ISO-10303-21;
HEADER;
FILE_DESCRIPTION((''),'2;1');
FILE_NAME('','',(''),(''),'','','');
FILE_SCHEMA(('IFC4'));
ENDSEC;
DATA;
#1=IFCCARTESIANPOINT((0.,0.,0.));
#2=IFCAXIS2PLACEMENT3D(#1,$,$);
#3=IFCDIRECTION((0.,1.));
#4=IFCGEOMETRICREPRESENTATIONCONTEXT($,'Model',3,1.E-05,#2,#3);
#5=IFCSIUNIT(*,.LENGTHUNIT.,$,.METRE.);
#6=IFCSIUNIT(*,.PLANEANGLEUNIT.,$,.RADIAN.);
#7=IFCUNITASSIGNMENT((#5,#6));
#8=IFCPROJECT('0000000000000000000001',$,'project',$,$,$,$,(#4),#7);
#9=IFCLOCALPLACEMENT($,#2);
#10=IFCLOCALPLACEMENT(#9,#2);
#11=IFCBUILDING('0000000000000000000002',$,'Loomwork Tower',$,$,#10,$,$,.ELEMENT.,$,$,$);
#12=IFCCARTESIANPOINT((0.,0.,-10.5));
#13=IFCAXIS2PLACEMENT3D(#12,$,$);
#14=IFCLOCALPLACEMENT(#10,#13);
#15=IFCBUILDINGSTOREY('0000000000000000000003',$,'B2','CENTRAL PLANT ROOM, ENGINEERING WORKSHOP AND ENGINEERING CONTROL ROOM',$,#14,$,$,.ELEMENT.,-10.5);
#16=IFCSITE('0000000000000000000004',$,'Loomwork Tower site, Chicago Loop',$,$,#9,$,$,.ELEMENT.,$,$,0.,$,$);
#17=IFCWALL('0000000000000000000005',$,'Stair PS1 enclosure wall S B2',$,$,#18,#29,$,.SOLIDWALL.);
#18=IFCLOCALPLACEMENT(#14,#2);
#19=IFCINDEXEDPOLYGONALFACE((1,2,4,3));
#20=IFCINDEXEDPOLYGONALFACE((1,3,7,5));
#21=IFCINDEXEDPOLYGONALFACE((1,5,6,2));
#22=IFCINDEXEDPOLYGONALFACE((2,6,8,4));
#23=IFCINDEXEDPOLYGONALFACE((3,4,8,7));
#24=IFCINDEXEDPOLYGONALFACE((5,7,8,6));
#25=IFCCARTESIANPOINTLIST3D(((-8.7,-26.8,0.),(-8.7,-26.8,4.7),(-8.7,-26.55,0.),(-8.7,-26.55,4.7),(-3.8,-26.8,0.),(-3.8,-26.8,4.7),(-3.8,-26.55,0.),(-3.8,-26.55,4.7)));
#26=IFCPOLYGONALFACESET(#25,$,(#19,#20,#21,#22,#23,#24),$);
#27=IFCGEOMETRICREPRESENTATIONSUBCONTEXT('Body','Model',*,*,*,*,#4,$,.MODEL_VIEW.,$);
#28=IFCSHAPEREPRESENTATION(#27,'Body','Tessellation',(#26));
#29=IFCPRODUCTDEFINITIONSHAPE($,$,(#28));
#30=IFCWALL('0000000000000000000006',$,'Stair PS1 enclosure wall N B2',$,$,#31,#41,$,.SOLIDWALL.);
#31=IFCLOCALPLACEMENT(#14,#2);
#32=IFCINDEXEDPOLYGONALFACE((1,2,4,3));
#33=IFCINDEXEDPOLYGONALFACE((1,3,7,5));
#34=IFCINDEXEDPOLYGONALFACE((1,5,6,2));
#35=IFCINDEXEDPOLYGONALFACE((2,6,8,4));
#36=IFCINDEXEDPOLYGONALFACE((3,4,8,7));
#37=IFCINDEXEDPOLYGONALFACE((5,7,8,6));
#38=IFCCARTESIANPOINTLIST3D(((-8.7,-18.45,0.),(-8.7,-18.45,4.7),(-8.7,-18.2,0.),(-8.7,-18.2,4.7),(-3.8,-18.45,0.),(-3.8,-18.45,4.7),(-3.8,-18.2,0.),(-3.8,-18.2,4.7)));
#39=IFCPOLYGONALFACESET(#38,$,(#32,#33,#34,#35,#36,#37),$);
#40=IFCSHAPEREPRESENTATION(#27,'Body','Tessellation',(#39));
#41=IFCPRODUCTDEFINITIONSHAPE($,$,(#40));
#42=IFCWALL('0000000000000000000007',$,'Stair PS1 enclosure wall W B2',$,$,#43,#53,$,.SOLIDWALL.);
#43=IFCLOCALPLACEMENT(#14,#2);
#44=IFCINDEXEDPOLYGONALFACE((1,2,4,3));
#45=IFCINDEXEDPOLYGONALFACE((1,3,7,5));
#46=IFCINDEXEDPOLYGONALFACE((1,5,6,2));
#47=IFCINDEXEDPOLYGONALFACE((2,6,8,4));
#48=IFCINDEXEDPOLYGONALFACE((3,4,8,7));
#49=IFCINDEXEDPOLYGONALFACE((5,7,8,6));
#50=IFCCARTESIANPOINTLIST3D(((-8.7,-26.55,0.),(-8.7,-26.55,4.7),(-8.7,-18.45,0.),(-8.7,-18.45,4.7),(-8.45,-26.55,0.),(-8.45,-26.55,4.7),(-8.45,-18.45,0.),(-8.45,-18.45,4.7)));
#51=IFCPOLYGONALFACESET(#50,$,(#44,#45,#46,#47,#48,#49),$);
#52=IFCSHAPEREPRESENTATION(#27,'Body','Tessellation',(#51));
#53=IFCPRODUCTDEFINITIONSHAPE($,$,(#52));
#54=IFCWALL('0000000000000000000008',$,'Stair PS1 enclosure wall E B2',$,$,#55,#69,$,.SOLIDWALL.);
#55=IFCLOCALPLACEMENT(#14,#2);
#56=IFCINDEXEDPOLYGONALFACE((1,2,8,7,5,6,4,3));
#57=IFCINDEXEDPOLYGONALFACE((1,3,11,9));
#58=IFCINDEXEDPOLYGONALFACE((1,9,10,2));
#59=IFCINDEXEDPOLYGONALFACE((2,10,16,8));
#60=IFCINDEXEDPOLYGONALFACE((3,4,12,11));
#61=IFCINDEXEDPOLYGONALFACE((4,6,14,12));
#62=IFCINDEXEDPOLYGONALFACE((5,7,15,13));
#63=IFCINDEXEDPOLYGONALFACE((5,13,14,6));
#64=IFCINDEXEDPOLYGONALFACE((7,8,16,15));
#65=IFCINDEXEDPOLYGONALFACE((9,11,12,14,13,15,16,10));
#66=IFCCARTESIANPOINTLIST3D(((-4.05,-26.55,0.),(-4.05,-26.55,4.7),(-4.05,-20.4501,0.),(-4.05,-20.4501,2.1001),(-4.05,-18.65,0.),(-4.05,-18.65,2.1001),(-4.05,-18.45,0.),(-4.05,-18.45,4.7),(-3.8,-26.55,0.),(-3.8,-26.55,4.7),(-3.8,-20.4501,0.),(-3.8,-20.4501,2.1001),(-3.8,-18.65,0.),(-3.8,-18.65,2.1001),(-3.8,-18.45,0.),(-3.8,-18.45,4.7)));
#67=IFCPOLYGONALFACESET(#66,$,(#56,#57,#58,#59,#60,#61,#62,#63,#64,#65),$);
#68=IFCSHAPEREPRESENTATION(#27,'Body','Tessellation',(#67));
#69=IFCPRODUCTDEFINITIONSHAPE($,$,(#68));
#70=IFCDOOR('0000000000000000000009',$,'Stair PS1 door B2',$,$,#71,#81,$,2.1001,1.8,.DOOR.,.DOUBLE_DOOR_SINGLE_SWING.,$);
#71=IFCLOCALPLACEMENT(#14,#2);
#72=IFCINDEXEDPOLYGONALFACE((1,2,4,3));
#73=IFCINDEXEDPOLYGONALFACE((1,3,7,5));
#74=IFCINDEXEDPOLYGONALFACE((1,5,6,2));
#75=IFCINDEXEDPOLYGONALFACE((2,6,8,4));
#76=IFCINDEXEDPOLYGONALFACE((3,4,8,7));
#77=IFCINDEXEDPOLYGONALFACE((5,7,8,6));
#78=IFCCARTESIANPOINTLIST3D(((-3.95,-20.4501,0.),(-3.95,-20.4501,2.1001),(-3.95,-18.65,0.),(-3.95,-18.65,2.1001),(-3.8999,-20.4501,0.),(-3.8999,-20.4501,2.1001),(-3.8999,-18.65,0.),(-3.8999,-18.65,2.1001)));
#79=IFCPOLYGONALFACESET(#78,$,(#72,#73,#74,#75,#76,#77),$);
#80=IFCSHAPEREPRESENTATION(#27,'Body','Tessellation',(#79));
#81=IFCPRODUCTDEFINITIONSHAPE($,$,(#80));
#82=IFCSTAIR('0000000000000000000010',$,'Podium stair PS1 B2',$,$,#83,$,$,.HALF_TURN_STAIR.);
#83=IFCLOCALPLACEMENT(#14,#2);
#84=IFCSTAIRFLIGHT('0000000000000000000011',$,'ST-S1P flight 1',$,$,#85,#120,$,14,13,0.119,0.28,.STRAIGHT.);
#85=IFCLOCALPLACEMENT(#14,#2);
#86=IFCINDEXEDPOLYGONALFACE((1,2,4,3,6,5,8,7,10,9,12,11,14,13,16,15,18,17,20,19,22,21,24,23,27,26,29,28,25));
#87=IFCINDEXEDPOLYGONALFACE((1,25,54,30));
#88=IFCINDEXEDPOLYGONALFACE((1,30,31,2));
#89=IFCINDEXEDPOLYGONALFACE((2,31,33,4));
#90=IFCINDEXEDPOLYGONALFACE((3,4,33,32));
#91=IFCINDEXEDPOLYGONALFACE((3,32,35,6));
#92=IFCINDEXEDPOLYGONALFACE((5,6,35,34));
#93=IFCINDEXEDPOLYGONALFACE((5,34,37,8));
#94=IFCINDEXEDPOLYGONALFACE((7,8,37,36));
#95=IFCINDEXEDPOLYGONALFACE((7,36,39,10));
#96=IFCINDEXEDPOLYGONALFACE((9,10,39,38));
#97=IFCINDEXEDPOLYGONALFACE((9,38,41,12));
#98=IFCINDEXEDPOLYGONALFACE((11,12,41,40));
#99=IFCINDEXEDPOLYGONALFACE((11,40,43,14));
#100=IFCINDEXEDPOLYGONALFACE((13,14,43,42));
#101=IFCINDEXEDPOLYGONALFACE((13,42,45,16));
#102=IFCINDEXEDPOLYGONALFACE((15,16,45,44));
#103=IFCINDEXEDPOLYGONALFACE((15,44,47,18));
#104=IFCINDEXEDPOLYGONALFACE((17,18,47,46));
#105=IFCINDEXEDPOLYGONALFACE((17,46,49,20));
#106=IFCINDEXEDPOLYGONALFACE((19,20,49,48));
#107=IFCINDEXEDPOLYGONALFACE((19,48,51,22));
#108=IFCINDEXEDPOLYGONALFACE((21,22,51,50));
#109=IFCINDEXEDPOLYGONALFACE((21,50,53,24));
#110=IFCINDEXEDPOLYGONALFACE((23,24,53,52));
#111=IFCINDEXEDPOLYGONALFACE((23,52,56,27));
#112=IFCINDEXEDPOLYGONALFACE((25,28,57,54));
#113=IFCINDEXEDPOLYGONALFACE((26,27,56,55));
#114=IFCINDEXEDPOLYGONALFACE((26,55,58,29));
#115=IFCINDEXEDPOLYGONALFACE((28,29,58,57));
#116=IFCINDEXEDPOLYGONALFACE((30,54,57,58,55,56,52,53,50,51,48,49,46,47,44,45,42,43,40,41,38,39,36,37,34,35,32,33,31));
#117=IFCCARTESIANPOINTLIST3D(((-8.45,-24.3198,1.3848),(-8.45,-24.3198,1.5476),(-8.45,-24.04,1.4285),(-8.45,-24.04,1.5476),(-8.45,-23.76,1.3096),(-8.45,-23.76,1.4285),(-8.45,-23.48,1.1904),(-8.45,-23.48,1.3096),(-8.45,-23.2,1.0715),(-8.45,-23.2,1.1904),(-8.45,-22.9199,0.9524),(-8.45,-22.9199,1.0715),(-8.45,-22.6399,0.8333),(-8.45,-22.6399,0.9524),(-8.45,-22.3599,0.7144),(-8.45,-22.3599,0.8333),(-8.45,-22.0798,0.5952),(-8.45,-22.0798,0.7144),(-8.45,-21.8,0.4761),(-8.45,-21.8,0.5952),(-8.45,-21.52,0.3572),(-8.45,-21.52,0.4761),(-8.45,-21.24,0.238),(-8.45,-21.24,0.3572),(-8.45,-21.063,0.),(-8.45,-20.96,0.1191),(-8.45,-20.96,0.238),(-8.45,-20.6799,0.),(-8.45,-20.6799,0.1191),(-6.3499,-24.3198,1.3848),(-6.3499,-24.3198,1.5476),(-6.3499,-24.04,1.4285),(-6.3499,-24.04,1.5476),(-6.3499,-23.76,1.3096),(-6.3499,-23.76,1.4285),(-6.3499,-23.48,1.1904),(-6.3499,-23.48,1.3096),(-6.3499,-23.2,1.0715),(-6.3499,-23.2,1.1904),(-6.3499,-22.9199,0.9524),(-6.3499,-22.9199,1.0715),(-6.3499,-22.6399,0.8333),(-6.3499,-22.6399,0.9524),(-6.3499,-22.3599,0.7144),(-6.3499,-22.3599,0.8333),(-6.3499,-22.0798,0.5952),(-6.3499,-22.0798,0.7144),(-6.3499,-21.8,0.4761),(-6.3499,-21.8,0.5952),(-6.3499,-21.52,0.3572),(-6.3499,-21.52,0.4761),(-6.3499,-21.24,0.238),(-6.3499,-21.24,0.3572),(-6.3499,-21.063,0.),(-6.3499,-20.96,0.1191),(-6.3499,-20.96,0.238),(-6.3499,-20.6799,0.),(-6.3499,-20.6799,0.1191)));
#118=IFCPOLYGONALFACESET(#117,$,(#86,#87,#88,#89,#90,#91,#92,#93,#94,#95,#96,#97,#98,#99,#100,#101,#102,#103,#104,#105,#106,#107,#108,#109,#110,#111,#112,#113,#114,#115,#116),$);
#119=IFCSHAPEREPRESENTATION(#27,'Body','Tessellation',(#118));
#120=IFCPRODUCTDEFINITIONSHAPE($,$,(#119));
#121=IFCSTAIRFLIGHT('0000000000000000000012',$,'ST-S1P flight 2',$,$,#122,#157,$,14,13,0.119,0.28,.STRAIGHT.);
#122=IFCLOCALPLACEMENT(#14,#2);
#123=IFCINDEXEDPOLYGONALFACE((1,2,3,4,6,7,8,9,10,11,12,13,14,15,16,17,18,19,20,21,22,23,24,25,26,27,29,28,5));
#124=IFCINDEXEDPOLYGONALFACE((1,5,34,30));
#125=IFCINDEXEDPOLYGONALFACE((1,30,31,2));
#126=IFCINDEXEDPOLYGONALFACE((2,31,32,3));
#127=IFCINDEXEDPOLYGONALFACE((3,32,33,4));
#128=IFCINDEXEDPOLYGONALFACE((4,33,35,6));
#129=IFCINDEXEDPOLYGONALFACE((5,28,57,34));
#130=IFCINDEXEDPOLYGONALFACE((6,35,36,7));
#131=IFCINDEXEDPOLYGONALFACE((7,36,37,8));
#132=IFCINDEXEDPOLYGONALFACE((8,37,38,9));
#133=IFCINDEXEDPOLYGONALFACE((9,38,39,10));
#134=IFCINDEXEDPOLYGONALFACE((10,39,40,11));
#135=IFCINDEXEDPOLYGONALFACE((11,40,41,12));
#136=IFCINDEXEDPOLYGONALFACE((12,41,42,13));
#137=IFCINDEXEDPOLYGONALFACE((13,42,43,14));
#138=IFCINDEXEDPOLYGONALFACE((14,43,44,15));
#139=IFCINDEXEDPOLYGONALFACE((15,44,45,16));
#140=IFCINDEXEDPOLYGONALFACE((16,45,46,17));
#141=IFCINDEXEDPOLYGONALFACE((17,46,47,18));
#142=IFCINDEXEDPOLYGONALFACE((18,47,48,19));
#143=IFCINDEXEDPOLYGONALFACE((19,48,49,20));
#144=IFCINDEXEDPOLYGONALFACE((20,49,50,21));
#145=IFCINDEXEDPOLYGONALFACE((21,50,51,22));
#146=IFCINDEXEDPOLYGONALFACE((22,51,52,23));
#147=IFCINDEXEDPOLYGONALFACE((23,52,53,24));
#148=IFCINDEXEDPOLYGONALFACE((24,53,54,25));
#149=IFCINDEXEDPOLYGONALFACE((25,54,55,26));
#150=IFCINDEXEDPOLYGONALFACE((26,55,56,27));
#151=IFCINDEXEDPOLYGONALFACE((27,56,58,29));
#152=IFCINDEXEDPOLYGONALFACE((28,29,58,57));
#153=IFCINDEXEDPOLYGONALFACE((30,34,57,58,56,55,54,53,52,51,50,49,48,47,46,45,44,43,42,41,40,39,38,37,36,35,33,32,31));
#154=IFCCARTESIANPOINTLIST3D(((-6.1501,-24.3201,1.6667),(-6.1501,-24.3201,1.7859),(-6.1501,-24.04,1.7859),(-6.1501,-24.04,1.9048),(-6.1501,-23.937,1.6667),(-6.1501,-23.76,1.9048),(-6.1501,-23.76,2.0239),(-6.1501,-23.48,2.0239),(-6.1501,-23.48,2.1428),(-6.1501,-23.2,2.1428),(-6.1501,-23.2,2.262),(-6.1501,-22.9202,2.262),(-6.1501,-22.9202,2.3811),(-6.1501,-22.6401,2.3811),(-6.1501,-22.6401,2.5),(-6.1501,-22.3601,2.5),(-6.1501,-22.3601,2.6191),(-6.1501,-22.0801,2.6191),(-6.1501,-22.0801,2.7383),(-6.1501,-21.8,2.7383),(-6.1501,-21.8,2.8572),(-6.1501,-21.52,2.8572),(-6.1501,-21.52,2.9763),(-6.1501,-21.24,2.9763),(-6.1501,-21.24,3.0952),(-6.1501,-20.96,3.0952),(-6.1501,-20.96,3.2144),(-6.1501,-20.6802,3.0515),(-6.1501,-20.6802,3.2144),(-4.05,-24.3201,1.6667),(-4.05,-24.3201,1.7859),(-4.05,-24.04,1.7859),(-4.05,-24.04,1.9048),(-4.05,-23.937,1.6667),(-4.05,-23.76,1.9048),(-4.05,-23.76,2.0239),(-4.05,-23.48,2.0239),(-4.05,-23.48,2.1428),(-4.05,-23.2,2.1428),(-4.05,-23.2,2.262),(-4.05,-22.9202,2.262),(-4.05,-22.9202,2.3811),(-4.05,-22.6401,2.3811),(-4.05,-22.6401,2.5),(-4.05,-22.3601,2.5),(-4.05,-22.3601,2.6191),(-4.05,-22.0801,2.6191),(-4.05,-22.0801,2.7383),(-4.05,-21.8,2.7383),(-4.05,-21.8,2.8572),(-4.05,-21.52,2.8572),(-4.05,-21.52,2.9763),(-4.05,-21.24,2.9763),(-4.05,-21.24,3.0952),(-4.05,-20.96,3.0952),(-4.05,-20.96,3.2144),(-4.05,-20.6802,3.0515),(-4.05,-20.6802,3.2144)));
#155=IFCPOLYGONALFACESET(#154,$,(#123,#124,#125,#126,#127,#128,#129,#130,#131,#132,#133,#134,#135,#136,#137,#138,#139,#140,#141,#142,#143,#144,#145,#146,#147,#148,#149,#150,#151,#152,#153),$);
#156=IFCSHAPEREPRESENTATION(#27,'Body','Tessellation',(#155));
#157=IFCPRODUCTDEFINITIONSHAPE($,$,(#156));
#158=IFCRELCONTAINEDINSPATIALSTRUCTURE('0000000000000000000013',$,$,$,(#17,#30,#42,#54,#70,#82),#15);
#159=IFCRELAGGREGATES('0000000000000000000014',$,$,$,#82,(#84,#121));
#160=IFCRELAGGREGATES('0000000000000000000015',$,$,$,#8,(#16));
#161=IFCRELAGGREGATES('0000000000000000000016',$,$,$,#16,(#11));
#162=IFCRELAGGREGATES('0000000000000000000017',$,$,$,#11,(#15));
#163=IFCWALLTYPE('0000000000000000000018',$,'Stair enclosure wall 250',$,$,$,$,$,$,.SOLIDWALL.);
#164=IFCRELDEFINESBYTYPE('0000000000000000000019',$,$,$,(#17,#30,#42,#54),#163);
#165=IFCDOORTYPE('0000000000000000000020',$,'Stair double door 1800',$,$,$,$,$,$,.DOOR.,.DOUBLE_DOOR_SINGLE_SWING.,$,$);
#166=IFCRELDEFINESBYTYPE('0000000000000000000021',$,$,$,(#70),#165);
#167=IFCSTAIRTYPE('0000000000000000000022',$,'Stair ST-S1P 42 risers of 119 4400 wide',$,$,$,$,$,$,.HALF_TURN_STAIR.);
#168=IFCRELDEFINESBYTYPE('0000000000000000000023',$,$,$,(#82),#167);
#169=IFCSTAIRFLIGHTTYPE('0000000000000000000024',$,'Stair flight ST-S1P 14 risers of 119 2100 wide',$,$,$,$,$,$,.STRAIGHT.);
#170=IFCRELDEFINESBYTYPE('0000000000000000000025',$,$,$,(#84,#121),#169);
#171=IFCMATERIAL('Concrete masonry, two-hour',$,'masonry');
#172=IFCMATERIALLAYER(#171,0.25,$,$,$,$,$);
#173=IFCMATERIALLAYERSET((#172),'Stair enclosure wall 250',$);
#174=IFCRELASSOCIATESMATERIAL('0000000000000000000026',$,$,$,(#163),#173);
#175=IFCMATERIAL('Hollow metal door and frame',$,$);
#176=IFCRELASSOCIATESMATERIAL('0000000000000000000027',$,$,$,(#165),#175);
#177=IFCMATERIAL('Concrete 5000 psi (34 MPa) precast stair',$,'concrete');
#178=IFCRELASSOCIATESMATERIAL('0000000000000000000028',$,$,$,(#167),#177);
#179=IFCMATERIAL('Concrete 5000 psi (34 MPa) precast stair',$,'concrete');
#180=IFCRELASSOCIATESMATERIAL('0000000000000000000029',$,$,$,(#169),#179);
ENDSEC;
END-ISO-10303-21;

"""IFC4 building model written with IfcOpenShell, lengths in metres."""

from ifc_helpers import new_model, si_unit, direction, frame, frame_2d, origin, place, context, subcontext, project, spatial, polyline, rectangle, outline, extrude, material, layer, layer_set, type_object, element, fill, aggregate, save


model = new_model("IFC4")

# Units and contexts
model_context = context("Model", 3, precision=1e-05, world=origin(), true_north=direction((0.0, 1.0)))
body_context = subcontext(model_context, "Body", "Model", "MODEL_VIEW")
ifc_project = project(units=[si_unit("LENGTHUNIT", "METRE"), si_unit("PLANEANGLEUNIT", "RADIAN")], contexts=[model_context])

# Site, building, storey
site_placement = place(None, origin())
site = spatial("IfcSite", under=ifc_project, at=site_placement, Name="Loomwork Tower site, Chicago Loop", CompositionType="ELEMENT", RefElevation=0.0)
building_placement = place(site_placement, origin())
building = spatial("IfcBuilding", under=site, at=building_placement, Name="Loomwork Tower", CompositionType="ELEMENT")
storey_placement = place(building_placement, frame((0.0, 0.0, -10.5)))
storey = spatial("IfcBuildingStorey", under=building, at=storey_placement, Name="B2", Description="CENTRAL PLANT ROOM, ENGINEERING WORKSHOP AND ENGINEERING CONTROL ROOM", CompositionType="ELEMENT", Elevation=-10.5)

# Walls
ifc_material_1 = material(Name="Concrete masonry, two-hour", Category="masonry")
ifc_layer_1 = layer(ifc_material_1, 0.25)
ifc_layer_set_1 = layer_set([ifc_layer_1], Name="Stair enclosure wall 250")
wall_type_1 = type_object("IfcWallType", Name="Stair enclosure wall 250", PredefinedType="SOLIDWALL", material=ifc_layer_set_1)
for number, where, z_axis, x_axis, name in (
    (1, (-8.7, -26.675, 0.0), (0.0, 0.0, 1.0), (1.0, 0.0, 0.0), "Stair PS1 enclosure wall S B2"),
    (2, (-8.7, -18.325, 0.0), (0.0, 0.0, 1.0), (1.0, 0.0, 0.0), "Stair PS1 enclosure wall N B2"),
):
    element("IfcWall", number, at=place(storey_placement, frame(where, z_axis=z_axis, x_axis=x_axis)), inside=storey, type_object=wall_type_1, Name=name, PredefinedType="SOLIDWALL", context=body_context, shape_type="SweptSolid", body=[
        extrude(rectangle(XDim=4.8999, YDim=0.25, at=frame_2d((2.45, 0.0))), origin(), (0.0, 0.0, 1.0), 4.7),
    ])
wall_1_placement = place(storey_placement, frame((-8.575, -26.55, 0.0), z_axis=(0.0, 0.0, 1.0), x_axis=(0.0, 1.0, 0.0)))
element("IfcWall", 3, at=wall_1_placement, inside=storey, type_object=wall_type_1, Name="Stair PS1 enclosure wall W B2", PredefinedType="SOLIDWALL", context=body_context, shape_type="SweptSolid", body=[
    extrude(rectangle(XDim=8.1001, YDim=0.25, at=frame_2d((4.05, 0.0))), origin(), (0.0, 0.0, 1.0), 4.7),
])

# Wall, opening, door
wall_2_placement = place(storey_placement, frame((-3.925, -26.55, 0.0), z_axis=(0.0, 0.0, 1.0), x_axis=(0.0, 1.0, 0.0)))
wall_2 = element("IfcWall", 4, at=wall_2_placement, inside=storey, type_object=wall_type_1, Name="Stair PS1 enclosure wall E B2", PredefinedType="SOLIDWALL", context=body_context, shape_type="SweptSolid", body=[
    extrude(rectangle(XDim=8.1001, YDim=0.25, at=frame_2d((4.05, 0.0))), origin(), (0.0, 0.0, 1.0), 4.7),
])
opening_placement = place(wall_2_placement, frame((6.1001, 0.0, 0.0)))
opening = element("IfcOpeningElement", 5, at=opening_placement, cuts=wall_2, PredefinedType="OPENING", context=body_context, shape_type="SweptSolid", body=[
    extrude(rectangle(XDim=1.8, YDim=2.1001, at=frame_2d((0.8999, 1.05))), frame((0.0, 0.135, 0.0), z_axis=(0.0, -1.0, 0.0), x_axis=(1.0, 0.0, 0.0)), (0.0, 0.0, 1.0), 0.27),
])
ifc_material_2 = material(Name="Hollow metal door and frame")
door_type = type_object("IfcDoorType", Name="Stair double door 1800", OperationType="DOUBLE_DOOR_SINGLE_SWING", PredefinedType="DOOR", material=ifc_material_2)
door_placement = place(opening_placement, origin())
door = element("IfcDoor", 6, at=door_placement, inside=storey, type_object=door_type, Name="Stair PS1 door B2", OperationType="DOUBLE_DOOR_SINGLE_SWING", OverallHeight=2.1001, OverallWidth=1.8, PredefinedType="DOOR", context=body_context, shape_type="SweptSolid", body=[
    extrude(rectangle(XDim=1.8, YDim=2.1001, at=frame_2d((0.8999, 1.05))), frame((0.0, 0.0249, 0.0), z_axis=(0.0, -1.0, 0.0), x_axis=(1.0, 0.0, 0.0)), (0.0, 0.0, 1.0), 0.05),
])
fill(opening, door)

# Stair, stair flights
ifc_material_3 = material(Name="Concrete 5000 psi (34 MPa) precast stair", Category="concrete")
stair_type = type_object("IfcStairType", Name="Stair ST-S1P 42 risers of 119 4400 wide", PredefinedType="HALF_TURN_STAIR", material=ifc_material_3)
stair_placement = place(storey_placement, origin())
stair = element("IfcStair", 7, at=stair_placement, inside=storey, type_object=stair_type, Name="Podium stair PS1 B2", PredefinedType="HALF_TURN_STAIR")
ifc_material_4 = material(Name="Concrete 5000 psi (34 MPa) precast stair", Category="concrete")
stair_flight_type = type_object("IfcStairFlightType", Name="Stair flight ST-S1P 14 risers of 119 2100 wide", PredefinedType="STRAIGHT", material=ifc_material_4)
stair_flight_1_placement = place(storey_placement, frame((-7.3999, -20.6799, 0.0), z_axis=(0.0, 0.0, 1.0), x_axis=(0.0, -1.0, 0.0)))
stair_flight_1 = element("IfcStairFlight", 8, at=stair_flight_1_placement, type_object=stair_flight_type, Name="ST-S1P flight 1", NumberOfRisers=14, NumberOfTreads=13, PredefinedType="STRAIGHT", RiserHeight=0.119, TreadLength=0.28, context=body_context, shape_type="SweptSolid", body=[
    extrude(outline(polyline([(0.0, 0.0), (0.0, 0.1191), (0.28, 0.1191), (0.28, 0.238), (0.5601, 0.238), (0.5601, 0.3572), (0.8401, 0.3572), (0.8401, 0.4761), (1.1201, 0.4761), (1.1201, 0.5952), (1.3999, 0.5952), (1.3999, 0.7144), (1.6799, 0.7144), (1.6799, 0.8333), (1.96, 0.8333), (1.96, 0.9524), (2.24, 0.9524), (2.24, 1.0715), (2.52, 1.0715), (2.52, 1.1904), (2.8, 1.1904), (2.8, 1.3096), (3.0801, 1.3096), (3.0801, 1.4285), (3.3601, 1.4285), (3.3601, 1.5476), (3.6399, 1.5476), (3.6399, 1.6667), (3.6399, 1.3848), (0.3831, 0.0), (0.0, 0.0)])), frame((0.0, 1.05, 0.0), z_axis=(0.0, -1.0, 0.0), x_axis=(1.0, 0.0, 0.0)), (0.0, 0.0, 1.0), 2.1001),
])
stair_flight_2_placement = place(storey_placement, frame((-5.1001, -24.3201, 1.6667), z_axis=(0.0, 0.0, 1.0), x_axis=(0.0, 1.0, 0.0)))
stair_flight_2 = element("IfcStairFlight", 9, at=stair_flight_2_placement, type_object=stair_flight_type, Name="ST-S1P flight 2", NumberOfRisers=14, NumberOfTreads=13, PredefinedType="STRAIGHT", RiserHeight=0.119, TreadLength=0.28, context=body_context, shape_type="SweptSolid", body=[
    extrude(outline(polyline([(0.0, 0.0), (0.0, 0.1191), (0.28, 0.1191), (0.28, 0.238), (0.5601, 0.238), (0.5601, 0.3572), (0.8401, 0.3572), (0.8401, 0.4761), (1.1201, 0.4761), (1.1201, 0.5952), (1.3999, 0.5952), (1.3999, 0.7144), (1.6799, 0.7144), (1.6799, 0.8333), (1.96, 0.8333), (1.96, 0.9524), (2.24, 0.9524), (2.24, 1.0715), (2.52, 1.0715), (2.52, 1.1904), (2.8, 1.1904), (2.8, 1.3096), (3.0801, 1.3096), (3.0801, 1.4285), (3.3601, 1.4285), (3.3601, 1.5476), (3.6399, 1.5476), (3.6399, 1.6667), (3.6399, 1.3848), (0.3831, 0.0), (0.0, 0.0)])), frame((0.0, 1.05, 0.0), z_axis=(0.0, -1.0, 0.0), x_axis=(1.0, 0.0, 0.0)), (0.0, 0.0, 1.0), 2.1001),
])
aggregate(stair, [stair_flight_1, stair_flight_2])

save(model, "model.ifc")
